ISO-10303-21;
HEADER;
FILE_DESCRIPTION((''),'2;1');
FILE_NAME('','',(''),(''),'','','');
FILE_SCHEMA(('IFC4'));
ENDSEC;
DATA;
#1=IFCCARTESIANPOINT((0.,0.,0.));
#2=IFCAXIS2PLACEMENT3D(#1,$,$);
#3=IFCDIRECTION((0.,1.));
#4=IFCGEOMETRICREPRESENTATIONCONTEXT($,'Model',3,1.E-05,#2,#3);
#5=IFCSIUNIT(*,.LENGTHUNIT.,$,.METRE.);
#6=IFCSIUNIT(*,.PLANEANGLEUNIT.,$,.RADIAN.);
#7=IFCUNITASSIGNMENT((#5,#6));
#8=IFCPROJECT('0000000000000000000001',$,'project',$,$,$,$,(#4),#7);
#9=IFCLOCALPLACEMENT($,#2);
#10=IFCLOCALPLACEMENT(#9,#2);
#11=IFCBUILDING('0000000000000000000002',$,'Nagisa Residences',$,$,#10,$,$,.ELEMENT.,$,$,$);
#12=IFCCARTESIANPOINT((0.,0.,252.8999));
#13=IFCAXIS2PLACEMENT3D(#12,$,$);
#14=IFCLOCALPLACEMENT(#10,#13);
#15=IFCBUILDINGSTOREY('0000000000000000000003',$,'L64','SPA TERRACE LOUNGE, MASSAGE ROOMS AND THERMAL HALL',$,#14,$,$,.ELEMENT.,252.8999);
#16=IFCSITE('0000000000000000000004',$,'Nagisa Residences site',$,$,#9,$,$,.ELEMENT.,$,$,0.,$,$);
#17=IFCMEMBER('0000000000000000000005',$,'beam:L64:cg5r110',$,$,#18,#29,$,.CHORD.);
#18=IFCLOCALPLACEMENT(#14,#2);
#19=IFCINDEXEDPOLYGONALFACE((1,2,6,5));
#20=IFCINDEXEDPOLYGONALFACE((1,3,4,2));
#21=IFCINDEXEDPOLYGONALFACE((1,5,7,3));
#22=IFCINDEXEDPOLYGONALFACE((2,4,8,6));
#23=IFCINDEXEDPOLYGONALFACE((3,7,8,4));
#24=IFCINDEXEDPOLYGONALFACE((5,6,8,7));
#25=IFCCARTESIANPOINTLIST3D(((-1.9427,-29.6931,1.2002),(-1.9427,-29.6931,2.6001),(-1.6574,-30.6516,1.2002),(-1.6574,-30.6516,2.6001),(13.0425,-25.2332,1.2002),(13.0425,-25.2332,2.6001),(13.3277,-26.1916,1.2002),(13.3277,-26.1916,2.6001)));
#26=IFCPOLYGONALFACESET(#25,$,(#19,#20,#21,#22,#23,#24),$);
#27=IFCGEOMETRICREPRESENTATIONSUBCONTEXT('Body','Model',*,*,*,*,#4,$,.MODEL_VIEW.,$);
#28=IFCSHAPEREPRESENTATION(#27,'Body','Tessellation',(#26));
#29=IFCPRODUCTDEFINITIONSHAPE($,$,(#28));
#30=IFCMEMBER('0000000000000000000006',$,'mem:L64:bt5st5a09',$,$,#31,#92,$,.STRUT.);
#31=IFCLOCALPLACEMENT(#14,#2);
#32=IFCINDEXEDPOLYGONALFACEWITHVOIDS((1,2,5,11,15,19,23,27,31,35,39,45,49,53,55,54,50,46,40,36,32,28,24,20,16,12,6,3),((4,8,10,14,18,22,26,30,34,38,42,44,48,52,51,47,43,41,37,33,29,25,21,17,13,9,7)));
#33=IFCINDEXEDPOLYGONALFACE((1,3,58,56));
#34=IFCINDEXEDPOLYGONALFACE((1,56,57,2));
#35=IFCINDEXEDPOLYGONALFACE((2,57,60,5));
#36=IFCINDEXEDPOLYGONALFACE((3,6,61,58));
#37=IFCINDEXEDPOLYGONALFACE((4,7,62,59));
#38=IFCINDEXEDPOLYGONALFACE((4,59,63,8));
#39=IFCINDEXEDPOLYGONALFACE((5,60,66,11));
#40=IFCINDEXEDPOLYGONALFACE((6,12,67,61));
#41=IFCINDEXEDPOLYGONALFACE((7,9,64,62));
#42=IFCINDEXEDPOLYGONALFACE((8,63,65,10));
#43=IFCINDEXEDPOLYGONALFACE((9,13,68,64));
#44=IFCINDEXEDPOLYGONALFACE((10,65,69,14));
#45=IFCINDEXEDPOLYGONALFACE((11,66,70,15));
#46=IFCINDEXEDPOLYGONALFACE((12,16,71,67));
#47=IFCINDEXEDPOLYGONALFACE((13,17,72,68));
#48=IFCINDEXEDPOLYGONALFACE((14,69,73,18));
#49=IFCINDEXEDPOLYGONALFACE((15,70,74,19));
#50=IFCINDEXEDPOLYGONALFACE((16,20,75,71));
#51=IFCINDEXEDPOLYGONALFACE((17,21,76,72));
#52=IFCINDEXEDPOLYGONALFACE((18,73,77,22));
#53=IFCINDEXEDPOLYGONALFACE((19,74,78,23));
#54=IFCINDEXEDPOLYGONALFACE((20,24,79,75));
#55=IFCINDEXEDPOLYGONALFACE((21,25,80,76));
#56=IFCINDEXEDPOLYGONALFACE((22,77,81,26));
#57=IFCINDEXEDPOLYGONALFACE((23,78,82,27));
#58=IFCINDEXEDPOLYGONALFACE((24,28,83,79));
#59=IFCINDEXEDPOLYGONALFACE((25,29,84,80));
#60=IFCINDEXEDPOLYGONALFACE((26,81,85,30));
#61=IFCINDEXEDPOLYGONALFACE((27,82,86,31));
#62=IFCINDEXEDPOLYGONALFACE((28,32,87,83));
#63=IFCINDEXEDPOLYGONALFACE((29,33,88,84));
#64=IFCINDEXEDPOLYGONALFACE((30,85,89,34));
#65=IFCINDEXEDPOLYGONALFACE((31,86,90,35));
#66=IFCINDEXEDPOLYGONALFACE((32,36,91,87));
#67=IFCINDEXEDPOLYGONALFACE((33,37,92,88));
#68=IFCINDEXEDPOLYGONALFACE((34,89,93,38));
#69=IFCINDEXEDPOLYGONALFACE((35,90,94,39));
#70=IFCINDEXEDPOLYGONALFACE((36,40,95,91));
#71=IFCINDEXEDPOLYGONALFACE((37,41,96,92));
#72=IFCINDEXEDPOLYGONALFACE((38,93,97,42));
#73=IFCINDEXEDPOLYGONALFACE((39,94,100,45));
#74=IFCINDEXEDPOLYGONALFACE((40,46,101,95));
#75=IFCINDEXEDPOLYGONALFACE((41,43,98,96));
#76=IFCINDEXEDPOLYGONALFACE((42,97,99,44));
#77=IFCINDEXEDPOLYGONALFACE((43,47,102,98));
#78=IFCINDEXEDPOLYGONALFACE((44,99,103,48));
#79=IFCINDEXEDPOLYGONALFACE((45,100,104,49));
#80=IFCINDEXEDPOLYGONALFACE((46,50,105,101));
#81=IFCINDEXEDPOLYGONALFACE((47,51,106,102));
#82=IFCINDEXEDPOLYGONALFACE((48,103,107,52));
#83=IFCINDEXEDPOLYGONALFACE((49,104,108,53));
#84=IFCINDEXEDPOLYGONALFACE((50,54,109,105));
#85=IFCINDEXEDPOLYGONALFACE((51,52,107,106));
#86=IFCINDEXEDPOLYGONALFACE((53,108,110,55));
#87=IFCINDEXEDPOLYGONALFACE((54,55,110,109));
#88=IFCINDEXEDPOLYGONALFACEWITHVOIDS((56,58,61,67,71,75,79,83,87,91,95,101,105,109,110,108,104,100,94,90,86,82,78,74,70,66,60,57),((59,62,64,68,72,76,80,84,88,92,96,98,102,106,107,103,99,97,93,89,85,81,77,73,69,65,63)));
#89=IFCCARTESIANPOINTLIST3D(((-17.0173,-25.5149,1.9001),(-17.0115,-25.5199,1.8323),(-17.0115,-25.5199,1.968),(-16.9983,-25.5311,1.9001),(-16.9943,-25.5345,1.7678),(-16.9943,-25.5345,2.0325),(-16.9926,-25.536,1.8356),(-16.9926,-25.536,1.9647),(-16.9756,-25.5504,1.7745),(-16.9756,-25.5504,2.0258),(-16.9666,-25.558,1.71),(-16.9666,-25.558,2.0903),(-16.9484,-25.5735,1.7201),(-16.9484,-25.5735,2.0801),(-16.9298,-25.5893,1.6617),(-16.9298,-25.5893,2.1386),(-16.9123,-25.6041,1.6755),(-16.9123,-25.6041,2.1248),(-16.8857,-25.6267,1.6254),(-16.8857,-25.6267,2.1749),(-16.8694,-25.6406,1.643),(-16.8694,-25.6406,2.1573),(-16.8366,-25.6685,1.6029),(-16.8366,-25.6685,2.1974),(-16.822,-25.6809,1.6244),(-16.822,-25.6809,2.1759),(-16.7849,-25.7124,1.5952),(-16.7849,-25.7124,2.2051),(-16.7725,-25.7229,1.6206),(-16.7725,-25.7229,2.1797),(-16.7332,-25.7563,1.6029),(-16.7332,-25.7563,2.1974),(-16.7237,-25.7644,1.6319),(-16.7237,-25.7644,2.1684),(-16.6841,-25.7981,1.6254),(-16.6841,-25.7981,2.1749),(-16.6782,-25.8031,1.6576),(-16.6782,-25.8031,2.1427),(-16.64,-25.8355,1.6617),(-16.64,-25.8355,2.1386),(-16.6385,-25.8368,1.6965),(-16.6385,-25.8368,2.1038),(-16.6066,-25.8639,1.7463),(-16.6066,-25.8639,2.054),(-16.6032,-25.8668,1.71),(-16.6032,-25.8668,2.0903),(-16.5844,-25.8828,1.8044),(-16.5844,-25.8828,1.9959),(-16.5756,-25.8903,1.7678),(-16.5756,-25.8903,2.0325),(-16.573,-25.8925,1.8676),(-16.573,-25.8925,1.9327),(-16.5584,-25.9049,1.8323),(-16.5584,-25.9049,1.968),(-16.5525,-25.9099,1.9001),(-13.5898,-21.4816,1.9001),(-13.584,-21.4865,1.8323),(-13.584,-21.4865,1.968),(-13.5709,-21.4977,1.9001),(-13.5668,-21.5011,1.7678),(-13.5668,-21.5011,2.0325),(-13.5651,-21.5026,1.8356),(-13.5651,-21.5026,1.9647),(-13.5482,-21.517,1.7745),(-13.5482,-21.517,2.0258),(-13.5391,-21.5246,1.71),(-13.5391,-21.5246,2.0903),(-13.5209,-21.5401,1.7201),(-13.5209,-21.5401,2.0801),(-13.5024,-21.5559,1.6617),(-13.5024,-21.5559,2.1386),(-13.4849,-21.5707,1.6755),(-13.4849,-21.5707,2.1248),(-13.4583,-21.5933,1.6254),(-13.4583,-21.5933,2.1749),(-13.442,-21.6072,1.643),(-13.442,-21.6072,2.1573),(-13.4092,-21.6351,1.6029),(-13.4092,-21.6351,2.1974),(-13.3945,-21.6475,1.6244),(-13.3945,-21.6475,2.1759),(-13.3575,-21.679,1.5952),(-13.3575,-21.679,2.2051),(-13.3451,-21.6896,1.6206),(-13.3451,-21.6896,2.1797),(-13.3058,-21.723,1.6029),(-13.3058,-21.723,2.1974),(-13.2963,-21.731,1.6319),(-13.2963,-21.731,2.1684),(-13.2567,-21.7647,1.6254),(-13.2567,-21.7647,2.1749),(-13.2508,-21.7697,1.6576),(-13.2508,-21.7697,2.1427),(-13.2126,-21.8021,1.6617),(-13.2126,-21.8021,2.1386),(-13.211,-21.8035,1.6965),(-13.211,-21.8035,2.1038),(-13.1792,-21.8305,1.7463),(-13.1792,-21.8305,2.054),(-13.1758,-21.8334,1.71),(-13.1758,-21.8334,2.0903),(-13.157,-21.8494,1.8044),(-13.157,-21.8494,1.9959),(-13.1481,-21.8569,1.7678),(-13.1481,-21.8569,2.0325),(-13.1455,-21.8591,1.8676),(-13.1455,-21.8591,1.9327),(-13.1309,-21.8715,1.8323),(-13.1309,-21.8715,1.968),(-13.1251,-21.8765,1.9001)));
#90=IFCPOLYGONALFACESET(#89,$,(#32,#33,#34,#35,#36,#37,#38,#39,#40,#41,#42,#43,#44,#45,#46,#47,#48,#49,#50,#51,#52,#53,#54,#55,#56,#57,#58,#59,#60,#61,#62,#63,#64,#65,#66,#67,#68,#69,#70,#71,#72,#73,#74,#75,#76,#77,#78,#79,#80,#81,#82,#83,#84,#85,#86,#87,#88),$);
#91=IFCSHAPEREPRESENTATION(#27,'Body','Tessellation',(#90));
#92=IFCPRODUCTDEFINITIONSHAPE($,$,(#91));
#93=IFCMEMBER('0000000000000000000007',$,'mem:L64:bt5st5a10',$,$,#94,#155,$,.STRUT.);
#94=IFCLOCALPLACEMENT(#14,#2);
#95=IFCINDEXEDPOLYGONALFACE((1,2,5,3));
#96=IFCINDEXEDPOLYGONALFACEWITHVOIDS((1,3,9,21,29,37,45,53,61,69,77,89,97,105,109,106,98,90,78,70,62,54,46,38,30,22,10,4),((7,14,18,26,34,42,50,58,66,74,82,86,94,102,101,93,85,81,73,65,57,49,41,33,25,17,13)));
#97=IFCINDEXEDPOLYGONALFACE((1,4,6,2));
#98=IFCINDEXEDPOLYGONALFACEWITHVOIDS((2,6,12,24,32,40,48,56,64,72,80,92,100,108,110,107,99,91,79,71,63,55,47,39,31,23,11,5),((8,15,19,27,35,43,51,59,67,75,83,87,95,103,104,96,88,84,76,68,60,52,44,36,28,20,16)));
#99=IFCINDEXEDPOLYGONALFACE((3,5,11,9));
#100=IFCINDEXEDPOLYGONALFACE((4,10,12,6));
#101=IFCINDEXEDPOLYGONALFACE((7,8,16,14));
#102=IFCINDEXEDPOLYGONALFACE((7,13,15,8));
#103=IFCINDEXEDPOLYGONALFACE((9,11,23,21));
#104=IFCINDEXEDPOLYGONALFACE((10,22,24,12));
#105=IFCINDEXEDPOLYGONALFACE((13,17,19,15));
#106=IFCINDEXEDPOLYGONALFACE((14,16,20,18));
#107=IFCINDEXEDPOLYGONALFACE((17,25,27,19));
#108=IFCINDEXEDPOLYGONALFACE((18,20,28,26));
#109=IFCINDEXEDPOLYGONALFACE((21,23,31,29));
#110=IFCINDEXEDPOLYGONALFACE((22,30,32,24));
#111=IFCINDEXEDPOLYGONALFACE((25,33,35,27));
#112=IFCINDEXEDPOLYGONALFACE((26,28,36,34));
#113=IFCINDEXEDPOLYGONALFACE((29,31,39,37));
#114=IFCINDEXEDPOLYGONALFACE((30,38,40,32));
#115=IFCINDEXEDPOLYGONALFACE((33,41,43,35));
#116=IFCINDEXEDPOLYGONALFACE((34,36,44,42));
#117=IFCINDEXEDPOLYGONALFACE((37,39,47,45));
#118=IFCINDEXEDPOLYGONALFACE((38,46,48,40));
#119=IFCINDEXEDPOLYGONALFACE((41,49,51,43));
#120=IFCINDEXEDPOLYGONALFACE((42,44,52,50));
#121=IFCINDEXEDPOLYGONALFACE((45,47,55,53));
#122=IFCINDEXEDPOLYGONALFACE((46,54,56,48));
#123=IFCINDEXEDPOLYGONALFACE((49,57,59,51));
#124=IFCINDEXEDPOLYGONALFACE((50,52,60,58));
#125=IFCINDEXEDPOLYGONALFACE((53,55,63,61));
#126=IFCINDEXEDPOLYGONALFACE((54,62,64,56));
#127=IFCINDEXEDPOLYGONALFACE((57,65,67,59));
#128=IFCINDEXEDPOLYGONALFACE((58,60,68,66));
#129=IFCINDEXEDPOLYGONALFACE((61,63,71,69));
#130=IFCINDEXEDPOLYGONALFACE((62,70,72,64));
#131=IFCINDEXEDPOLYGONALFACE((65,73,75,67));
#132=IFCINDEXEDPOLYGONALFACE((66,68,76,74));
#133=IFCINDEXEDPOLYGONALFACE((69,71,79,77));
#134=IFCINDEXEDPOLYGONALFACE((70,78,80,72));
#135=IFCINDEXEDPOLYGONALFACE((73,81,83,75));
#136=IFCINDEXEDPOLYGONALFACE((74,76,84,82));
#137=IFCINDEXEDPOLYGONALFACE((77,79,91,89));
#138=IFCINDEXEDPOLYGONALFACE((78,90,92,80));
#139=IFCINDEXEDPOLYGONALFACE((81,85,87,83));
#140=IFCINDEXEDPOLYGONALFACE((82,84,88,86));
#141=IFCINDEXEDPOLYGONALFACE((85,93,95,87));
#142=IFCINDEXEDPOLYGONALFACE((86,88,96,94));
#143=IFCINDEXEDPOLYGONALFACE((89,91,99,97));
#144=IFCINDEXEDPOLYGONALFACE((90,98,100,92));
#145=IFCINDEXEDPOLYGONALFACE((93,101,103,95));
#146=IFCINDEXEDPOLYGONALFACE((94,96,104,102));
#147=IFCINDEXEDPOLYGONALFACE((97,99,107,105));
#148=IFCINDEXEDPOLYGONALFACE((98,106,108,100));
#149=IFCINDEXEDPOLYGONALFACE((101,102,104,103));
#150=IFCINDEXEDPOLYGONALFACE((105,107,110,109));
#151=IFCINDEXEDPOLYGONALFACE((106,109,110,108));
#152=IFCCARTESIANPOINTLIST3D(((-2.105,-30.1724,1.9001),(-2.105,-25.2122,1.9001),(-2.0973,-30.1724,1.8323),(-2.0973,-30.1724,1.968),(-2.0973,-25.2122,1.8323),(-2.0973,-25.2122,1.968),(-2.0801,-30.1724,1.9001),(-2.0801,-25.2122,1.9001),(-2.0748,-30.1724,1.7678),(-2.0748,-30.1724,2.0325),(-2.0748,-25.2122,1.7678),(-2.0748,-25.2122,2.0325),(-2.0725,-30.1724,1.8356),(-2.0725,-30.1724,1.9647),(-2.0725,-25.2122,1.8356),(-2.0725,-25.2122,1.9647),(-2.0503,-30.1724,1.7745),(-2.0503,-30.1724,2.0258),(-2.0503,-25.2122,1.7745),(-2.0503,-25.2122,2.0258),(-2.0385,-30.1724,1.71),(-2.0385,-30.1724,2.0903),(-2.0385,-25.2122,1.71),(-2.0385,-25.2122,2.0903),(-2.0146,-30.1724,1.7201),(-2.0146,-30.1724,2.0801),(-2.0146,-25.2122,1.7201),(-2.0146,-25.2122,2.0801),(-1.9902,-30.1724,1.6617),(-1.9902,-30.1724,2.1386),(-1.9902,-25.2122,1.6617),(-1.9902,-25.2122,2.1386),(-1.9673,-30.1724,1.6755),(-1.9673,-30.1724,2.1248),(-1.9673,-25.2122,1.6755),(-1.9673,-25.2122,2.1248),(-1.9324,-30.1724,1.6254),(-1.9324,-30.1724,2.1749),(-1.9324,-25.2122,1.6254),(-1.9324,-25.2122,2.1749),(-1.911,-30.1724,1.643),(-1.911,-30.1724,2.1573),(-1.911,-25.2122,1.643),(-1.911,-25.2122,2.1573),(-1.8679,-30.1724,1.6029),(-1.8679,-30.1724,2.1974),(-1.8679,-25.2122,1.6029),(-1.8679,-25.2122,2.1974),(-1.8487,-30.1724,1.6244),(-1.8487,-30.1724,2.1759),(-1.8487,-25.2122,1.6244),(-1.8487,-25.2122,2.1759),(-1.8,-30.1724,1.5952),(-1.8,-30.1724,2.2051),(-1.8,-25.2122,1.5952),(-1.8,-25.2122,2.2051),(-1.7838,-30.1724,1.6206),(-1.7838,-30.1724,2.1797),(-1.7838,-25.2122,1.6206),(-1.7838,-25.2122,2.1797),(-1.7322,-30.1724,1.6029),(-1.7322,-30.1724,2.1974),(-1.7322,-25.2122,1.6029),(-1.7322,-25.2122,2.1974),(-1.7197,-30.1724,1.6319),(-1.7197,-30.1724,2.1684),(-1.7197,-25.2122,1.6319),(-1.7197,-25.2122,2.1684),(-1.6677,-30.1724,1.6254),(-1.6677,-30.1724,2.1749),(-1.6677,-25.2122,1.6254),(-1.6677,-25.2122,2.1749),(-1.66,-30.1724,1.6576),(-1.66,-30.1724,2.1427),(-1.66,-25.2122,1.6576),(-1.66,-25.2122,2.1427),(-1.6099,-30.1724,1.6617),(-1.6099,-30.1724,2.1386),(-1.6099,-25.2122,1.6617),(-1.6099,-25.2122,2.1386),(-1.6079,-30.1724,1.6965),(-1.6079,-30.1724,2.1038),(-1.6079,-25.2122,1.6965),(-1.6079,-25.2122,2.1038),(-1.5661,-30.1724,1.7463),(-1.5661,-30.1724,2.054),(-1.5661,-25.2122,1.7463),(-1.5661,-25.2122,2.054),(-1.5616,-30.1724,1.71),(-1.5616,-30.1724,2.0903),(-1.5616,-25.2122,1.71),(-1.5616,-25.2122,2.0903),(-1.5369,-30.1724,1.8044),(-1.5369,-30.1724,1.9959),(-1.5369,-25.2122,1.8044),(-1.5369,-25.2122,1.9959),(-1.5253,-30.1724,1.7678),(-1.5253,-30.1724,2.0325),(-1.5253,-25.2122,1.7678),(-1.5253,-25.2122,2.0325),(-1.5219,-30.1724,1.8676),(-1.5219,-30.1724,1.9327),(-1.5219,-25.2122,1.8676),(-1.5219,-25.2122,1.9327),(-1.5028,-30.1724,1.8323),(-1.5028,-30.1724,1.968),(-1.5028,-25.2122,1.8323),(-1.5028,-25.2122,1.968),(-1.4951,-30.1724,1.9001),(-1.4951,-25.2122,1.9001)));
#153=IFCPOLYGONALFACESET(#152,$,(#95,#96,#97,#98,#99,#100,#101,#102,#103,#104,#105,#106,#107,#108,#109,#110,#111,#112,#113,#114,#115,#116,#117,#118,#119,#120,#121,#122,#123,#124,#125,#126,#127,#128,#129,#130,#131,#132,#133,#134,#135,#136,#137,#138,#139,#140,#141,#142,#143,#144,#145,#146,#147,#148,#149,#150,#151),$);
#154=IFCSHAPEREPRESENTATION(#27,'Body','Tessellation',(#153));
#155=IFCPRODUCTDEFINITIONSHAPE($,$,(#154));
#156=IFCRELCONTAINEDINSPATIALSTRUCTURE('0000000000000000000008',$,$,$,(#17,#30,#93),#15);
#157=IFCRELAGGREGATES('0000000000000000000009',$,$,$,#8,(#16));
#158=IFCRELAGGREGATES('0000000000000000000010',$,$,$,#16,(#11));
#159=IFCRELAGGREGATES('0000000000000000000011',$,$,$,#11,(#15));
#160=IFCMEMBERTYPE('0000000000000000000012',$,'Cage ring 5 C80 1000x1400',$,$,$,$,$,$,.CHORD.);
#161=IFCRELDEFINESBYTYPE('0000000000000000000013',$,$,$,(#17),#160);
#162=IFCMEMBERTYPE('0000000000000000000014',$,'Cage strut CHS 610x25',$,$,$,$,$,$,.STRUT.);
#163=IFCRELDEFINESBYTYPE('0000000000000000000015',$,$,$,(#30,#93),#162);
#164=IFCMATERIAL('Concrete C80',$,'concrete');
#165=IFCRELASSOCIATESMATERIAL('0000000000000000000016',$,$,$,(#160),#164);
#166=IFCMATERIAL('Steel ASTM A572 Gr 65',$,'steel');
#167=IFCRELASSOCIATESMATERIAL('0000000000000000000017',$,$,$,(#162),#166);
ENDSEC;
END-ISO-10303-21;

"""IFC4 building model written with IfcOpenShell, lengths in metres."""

from ifc_helpers import new_model, si_unit, direction, frame, origin, origin_2d, place, context, subcontext, project, spatial, rectangle, hollow_circle, extrude, material, material_profile, profile_set, type_object, element, save


model = new_model("IFC4")

# Units and contexts
model_context = context("Model", 3, precision=1e-05, world=origin(), true_north=direction((0.0, 1.0)))
body_context = subcontext(model_context, "Body", "Model", "MODEL_VIEW")
ifc_project = project(units=[si_unit("LENGTHUNIT", "METRE"), si_unit("PLANEANGLEUNIT", "RADIAN")], contexts=[model_context])

# Site, building, storey
site_placement = place(None, origin())
site = spatial("IfcSite", under=ifc_project, at=site_placement, Name="Nagisa Residences site", CompositionType="ELEMENT", RefElevation=0.0)
building_placement = place(site_placement, origin())
building = spatial("IfcBuilding", under=site, at=building_placement, Name="Nagisa Residences", CompositionType="ELEMENT")
storey_placement = place(building_placement, frame((0.0, 0.0, 252.8999)))
storey = spatial("IfcBuildingStorey", under=building, at=storey_placement, Name="L64", Description="SPA TERRACE LOUNGE, MASSAGE ROOMS AND THERMAL HALL", CompositionType="ELEMENT", Elevation=252.8999)

# Members
ifc_material_1 = material(Name="Concrete C80", Category="concrete")
ifc_material_profile_1 = material_profile(ifc_material_1, rectangle(XDim=1.0, YDim=1.3999, at=origin_2d()), Name="C80 1000x1400")
ifc_profile_set_1 = profile_set([ifc_material_profile_1], Name="Concrete C80")
member_type_1 = type_object("IfcMemberType", Name="Cage ring 5 C80 1000x1400", PredefinedType="CHORD", material=ifc_profile_set_1)
member_1_placement = place(storey_placement, frame((-1.8, -30.1724, 1.9001), z_axis=(0.95845, 0.28526, 0.0), x_axis=(-0.28526, 0.95845, 0.0)))
element("IfcMember", 1, at=member_1_placement, inside=storey, type_object=member_type_1, Name="beam:L64:cg5r110", PredefinedType="CHORD", context=body_context, shape_type="SweptSolid", body=[
    extrude(rectangle(XDim=1.0, YDim=1.3999, at=origin_2d()), origin(), (0.0, 0.0, 1.0), 15.6348),
])
ifc_material_2 = material(Name="Steel ASTM A572 Gr 65", Category="steel")
ifc_material_profile_2 = material_profile(ifc_material_2, hollow_circle(Radius=0.3049, WallThickness=0.0249, at=origin_2d()), Name="CHS 610x25")
ifc_profile_set_2 = profile_set([ifc_material_profile_2], Name="Steel ASTM A572 Gr 65")
member_type_2 = type_object("IfcMemberType", Name="Cage strut CHS 610x25", PredefinedType="STRUT", material=ifc_profile_set_2)
member_2_placement = place(storey_placement, frame((-16.7849, -25.7124, 1.9001), z_axis=(0.647545, 0.762027, 0.0), x_axis=(-0.762027, 0.647545, 0.0)))
element("IfcMember", 2, at=member_2_placement, inside=storey, type_object=member_type_2, Name="mem:L64:bt5st5a09", PredefinedType="STRUT", context=body_context, shape_type="SweptSolid", body=[
    extrude(hollow_circle(Radius=0.3049, WallThickness=0.0249, at=origin_2d()), origin(), (0.0, 0.0, 1.0), 5.293),
])
member_3_placement = place(storey_placement, frame((-1.8, -30.1724, 1.9001), z_axis=(0.0, 1.0, 0.0), x_axis=(-1.0, 0.0, 0.0)))
element("IfcMember", 3, at=member_3_placement, inside=storey, type_object=member_type_2, Name="mem:L64:bt5st5a10", PredefinedType="STRUT", context=body_context, shape_type="SweptSolid", body=[
    extrude(hollow_circle(Radius=0.3049, WallThickness=0.0249, at=origin_2d()), origin(), (0.0, 0.0, 1.0), 4.9602),
])

save(model, "model.ifc")
